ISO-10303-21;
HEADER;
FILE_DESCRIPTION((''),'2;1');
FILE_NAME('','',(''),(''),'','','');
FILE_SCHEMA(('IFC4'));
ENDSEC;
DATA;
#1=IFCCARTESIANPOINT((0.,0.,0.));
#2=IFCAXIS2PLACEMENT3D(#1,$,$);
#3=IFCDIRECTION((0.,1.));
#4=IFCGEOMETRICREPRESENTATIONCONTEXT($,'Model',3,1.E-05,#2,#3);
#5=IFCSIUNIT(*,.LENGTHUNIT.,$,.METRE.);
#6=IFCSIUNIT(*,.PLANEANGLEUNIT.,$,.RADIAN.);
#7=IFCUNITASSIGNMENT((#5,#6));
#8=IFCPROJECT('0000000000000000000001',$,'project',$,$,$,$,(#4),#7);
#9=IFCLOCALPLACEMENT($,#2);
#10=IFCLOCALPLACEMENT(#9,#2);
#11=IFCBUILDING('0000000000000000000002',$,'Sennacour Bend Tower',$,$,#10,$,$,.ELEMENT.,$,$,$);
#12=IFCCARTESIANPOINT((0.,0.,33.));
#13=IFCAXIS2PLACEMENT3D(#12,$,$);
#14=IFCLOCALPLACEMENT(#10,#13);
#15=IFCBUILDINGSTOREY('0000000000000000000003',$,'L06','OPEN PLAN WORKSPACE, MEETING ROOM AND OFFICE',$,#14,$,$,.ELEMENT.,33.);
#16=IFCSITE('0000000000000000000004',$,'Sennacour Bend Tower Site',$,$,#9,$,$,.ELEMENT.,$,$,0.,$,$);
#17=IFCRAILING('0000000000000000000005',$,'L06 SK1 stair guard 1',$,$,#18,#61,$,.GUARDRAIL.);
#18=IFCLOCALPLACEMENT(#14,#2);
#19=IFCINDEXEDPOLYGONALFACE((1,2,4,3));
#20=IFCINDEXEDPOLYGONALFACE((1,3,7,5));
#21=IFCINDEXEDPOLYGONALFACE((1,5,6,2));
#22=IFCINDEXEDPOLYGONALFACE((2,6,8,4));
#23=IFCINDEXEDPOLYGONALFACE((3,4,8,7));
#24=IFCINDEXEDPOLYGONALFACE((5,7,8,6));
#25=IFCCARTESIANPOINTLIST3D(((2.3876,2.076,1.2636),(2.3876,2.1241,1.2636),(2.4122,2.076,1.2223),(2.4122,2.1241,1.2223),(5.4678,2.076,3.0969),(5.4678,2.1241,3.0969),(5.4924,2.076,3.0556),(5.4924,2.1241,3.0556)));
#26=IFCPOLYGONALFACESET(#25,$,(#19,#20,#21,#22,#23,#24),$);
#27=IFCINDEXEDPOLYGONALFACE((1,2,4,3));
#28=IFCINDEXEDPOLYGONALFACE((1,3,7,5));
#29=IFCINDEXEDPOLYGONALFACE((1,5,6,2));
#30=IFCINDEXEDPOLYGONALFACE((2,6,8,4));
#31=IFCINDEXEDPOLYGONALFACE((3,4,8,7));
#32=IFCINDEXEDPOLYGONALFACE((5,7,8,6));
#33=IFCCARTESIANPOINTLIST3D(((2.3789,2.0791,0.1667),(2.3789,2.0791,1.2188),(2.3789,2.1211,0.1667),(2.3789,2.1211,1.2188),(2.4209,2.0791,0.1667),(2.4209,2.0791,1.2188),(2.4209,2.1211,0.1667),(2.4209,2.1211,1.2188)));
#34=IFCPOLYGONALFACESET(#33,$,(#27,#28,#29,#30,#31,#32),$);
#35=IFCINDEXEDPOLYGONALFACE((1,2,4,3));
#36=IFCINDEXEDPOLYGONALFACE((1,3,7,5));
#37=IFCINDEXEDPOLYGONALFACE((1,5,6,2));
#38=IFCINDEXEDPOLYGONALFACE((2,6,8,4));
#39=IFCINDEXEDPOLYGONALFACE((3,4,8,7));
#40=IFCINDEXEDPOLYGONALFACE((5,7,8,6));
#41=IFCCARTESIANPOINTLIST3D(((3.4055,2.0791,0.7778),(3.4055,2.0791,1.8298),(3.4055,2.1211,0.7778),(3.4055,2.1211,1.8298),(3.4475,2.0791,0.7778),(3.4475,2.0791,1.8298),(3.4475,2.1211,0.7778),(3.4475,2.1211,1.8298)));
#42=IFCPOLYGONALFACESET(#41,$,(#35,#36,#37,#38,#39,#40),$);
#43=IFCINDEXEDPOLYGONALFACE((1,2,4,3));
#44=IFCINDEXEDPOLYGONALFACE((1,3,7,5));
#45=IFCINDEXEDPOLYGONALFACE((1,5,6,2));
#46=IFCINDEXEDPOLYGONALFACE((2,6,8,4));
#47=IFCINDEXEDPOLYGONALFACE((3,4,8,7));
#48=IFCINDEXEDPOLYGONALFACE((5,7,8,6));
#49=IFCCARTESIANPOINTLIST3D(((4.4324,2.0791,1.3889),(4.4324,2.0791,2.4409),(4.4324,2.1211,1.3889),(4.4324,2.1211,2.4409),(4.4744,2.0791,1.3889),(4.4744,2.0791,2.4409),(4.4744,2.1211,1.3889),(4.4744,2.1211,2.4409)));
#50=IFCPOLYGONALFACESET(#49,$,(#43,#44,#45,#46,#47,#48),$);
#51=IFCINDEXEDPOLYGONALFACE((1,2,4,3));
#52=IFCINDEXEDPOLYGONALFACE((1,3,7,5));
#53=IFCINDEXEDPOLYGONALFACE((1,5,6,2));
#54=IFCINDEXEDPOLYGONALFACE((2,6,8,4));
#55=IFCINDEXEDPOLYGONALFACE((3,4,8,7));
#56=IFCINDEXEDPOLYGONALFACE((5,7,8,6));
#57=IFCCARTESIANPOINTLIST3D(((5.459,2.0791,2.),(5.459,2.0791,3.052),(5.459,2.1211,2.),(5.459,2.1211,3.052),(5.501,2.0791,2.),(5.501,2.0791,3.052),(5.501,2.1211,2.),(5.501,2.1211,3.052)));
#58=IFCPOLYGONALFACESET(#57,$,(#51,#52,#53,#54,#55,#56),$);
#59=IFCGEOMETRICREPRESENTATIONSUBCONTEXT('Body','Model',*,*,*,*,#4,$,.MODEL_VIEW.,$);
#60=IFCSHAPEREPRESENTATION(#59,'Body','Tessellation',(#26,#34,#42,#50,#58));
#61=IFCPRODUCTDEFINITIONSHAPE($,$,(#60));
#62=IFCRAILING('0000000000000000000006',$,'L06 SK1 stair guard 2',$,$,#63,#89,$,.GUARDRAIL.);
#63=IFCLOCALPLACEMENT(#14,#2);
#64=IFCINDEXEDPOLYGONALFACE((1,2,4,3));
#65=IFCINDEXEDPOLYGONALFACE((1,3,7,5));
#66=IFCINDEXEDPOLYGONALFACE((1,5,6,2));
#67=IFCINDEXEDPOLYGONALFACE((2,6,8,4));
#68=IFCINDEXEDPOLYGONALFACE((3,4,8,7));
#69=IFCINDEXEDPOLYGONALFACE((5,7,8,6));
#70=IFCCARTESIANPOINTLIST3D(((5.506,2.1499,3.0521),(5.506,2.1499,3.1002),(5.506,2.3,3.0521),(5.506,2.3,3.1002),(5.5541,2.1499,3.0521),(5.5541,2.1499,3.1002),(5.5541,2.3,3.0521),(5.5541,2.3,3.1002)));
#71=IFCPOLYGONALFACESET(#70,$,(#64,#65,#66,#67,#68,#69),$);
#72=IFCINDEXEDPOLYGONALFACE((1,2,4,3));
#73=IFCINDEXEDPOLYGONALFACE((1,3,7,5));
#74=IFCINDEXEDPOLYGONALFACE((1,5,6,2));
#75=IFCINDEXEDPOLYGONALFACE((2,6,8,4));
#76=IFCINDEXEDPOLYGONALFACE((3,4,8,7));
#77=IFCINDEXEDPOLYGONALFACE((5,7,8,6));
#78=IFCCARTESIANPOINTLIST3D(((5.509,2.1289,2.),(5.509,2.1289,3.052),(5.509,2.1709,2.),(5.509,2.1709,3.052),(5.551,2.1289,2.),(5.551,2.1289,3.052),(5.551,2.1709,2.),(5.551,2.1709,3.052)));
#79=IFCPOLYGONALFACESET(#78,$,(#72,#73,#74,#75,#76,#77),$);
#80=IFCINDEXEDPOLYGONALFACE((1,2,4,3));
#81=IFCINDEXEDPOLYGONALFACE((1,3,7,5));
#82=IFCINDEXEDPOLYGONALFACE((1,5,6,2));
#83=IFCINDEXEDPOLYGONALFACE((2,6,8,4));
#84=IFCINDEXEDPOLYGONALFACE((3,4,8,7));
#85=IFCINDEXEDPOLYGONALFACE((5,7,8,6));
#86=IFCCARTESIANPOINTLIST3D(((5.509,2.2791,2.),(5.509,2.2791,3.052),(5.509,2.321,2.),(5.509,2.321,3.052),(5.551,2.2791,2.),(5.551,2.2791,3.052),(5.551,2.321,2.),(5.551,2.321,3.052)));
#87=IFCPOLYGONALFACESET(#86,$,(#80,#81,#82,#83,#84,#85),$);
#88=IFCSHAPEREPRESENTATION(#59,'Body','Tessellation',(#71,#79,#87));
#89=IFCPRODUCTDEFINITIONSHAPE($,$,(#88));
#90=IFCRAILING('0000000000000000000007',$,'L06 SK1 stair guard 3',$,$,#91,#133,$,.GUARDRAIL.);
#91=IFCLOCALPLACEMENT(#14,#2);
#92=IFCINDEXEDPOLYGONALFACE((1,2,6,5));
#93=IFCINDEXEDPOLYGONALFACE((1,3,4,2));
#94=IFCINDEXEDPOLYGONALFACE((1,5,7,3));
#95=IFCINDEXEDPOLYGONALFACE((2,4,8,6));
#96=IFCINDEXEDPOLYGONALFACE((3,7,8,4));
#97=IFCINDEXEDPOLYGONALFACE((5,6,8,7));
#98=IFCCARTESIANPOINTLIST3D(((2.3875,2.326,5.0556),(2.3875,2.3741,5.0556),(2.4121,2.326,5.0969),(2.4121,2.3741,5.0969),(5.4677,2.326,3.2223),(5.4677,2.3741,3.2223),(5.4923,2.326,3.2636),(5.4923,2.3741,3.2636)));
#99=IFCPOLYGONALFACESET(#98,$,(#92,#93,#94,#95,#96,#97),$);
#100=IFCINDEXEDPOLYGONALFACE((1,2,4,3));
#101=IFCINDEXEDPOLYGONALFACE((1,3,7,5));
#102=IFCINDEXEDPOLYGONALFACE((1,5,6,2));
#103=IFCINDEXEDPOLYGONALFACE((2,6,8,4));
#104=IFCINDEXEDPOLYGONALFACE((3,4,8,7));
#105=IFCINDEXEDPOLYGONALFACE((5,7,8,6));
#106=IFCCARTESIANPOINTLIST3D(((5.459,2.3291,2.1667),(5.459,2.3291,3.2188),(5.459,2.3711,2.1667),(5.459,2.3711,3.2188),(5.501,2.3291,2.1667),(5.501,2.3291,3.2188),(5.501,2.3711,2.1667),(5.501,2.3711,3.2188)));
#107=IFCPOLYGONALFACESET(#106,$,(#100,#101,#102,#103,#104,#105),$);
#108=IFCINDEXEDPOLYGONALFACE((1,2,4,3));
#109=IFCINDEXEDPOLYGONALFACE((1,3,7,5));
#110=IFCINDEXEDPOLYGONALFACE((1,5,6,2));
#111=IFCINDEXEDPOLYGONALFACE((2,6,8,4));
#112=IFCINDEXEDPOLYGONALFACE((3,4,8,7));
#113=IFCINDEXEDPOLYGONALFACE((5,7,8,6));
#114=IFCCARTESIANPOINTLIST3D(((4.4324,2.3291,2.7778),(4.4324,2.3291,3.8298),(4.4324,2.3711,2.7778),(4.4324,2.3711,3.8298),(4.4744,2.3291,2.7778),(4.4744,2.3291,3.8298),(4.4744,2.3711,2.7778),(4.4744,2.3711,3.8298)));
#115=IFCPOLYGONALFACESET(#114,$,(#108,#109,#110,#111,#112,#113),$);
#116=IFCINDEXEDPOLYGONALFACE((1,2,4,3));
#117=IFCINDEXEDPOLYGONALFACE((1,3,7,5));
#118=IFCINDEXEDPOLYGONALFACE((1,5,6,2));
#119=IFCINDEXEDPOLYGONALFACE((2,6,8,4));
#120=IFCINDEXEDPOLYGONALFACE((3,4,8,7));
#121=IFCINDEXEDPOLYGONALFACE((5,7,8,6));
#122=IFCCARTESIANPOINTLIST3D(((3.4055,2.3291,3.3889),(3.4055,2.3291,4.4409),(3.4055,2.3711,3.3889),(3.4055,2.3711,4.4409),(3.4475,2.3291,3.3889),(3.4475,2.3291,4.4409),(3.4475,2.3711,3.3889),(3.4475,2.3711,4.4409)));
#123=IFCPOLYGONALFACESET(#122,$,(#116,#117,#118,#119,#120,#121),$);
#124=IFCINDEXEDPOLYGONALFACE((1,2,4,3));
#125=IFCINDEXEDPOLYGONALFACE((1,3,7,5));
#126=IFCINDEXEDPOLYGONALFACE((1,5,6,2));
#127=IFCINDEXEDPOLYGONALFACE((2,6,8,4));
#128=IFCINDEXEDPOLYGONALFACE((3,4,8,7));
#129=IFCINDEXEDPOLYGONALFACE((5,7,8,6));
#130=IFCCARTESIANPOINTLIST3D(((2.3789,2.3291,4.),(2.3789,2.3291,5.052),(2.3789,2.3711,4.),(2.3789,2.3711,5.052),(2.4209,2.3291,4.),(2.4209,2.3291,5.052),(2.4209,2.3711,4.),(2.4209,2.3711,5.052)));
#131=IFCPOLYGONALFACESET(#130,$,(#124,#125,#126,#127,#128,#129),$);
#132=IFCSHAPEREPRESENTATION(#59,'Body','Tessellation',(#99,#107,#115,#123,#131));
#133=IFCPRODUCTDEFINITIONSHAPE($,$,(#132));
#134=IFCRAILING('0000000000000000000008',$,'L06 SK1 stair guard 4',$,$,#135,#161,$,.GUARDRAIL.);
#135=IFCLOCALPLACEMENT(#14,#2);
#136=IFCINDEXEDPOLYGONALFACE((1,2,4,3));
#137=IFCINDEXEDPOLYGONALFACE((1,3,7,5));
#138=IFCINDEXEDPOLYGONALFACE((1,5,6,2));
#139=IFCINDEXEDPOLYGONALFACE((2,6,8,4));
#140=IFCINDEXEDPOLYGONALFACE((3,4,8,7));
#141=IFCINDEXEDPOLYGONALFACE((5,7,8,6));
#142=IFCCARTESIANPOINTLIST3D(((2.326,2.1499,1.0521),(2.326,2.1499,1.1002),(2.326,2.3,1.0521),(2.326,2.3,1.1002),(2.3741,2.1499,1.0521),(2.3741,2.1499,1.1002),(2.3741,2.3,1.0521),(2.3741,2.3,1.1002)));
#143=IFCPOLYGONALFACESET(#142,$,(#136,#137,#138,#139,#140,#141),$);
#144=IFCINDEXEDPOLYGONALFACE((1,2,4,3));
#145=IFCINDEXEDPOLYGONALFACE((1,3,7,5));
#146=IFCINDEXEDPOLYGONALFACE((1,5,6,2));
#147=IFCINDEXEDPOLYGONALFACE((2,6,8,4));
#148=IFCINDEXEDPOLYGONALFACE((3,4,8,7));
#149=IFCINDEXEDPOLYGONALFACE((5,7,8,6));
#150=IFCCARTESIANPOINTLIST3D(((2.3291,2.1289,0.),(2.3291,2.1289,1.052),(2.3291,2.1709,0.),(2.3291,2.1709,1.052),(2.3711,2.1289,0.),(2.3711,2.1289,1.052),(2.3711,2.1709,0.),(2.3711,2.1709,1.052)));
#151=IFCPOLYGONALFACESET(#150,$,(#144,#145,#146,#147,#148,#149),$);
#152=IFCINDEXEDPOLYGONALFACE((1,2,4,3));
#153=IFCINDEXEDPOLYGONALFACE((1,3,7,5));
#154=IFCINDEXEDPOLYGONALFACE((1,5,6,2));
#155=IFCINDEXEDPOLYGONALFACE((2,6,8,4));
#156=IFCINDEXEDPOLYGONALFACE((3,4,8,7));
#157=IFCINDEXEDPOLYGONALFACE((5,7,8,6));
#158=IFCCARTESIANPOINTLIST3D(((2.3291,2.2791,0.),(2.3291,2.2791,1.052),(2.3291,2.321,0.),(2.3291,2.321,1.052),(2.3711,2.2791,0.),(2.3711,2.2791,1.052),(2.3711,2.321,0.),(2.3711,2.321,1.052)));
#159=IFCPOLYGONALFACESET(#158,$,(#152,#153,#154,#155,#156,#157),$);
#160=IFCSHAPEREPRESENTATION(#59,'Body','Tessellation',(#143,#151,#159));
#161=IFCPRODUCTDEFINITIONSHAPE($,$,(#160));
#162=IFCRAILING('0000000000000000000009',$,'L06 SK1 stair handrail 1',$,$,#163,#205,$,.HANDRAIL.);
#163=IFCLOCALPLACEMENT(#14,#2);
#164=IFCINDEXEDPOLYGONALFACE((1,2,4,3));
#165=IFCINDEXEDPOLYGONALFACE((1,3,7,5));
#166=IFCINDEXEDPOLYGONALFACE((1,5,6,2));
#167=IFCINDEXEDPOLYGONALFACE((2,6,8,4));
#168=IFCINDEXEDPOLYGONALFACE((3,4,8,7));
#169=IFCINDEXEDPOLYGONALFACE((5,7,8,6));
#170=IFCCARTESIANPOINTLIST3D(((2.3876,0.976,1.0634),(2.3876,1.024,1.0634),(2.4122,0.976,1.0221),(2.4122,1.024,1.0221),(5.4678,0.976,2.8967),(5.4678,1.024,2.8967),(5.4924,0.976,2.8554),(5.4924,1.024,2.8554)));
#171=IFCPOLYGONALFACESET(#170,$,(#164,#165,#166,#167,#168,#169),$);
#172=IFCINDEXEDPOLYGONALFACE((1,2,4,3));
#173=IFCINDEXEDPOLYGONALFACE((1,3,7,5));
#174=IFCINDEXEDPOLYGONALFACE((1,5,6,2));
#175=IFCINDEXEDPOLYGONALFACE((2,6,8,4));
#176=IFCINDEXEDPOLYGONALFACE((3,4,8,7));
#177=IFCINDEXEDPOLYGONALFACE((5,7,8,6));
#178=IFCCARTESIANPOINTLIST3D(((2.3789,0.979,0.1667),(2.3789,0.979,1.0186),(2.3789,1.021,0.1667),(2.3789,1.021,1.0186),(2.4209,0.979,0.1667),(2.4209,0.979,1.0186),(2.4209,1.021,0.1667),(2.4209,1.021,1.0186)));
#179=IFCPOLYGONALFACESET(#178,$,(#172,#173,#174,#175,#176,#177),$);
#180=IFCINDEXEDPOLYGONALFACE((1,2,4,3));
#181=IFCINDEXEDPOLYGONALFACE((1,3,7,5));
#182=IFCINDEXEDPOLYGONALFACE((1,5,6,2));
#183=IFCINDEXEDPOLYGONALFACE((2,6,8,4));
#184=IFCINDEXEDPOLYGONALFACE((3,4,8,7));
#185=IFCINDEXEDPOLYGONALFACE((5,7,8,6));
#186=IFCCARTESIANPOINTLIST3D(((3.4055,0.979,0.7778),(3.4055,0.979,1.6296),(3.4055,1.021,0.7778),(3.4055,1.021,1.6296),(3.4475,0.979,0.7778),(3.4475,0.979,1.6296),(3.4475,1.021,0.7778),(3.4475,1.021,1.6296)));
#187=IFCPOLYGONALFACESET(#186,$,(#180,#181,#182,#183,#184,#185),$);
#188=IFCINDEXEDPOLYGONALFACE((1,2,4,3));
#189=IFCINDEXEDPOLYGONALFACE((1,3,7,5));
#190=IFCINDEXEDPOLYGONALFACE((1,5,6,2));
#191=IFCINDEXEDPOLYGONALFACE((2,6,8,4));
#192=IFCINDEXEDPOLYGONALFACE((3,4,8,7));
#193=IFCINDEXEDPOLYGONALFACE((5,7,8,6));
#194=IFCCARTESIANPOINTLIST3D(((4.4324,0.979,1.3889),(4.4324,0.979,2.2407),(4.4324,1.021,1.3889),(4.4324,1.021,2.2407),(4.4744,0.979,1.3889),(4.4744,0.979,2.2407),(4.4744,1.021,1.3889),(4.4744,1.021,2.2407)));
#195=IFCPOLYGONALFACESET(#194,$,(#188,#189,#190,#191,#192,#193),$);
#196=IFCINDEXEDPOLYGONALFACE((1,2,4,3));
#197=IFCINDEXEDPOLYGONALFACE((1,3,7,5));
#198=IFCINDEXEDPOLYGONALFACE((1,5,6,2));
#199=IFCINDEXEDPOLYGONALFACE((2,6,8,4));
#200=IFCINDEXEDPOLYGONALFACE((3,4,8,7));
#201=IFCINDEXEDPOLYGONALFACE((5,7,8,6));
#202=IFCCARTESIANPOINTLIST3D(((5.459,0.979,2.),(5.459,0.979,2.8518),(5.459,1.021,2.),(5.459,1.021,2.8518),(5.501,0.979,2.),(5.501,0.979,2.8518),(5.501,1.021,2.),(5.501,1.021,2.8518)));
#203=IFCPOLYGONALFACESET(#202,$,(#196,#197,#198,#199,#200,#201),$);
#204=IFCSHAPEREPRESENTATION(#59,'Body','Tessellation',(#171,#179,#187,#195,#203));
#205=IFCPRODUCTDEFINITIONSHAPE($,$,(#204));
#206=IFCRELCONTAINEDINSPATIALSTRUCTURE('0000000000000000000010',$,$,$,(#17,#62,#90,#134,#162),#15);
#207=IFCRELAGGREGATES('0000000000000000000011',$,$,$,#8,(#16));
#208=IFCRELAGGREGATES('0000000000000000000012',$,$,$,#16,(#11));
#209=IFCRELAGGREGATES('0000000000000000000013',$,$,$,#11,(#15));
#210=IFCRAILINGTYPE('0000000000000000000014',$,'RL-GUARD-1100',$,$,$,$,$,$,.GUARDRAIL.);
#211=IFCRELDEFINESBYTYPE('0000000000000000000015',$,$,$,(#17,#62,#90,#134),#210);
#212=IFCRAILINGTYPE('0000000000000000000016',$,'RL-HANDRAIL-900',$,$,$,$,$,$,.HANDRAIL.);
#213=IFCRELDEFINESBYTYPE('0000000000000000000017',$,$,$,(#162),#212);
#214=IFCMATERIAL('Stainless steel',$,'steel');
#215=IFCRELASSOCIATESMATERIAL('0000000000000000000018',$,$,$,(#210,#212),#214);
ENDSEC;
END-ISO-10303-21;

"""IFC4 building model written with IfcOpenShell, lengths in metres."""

from ifc_helpers import new_model, si_unit, direction, frame, origin, origin_2d, place, context, subcontext, project, spatial, rectangle, extrude, material, type_object, element, save


model = new_model("IFC4")

# Units and contexts
model_context = context("Model", 3, precision=1e-05, world=origin(), true_north=direction((0.0, 1.0)))
body_context = subcontext(model_context, "Body", "Model", "MODEL_VIEW")
ifc_project = project(units=[si_unit("LENGTHUNIT", "METRE"), si_unit("PLANEANGLEUNIT", "RADIAN")], contexts=[model_context])

# Site, building, storey
site_placement = place(None, origin())
site = spatial("IfcSite", under=ifc_project, at=site_placement, Name="Sennacour Bend Tower Site", CompositionType="ELEMENT", RefElevation=0.0)
building_placement = place(site_placement, origin())
building = spatial("IfcBuilding", under=site, at=building_placement, Name="Sennacour Bend Tower", CompositionType="ELEMENT")
storey_placement = place(building_placement, frame((0.0, 0.0, 33.0)))
storey = spatial("IfcBuildingStorey", under=building, at=storey_placement, Name="L06", Description="OPEN PLAN WORKSPACE, MEETING ROOM AND OFFICE", CompositionType="ELEMENT", Elevation=33.0)

# Railings
ifc_material_1 = material(Name="Stainless steel", Category="steel")
railing_type_1 = type_object("IfcRailingType", Name="RL-GUARD-1100", PredefinedType="GUARDRAIL", material=ifc_material_1)
railing_1_placement = place(storey_placement, frame((2.3999, 2.1001, 0.1667)))
element("IfcRailing", 1, at=railing_1_placement, inside=storey, type_object=railing_type_1, Name="L06 SK1 stair guard 1", PredefinedType="GUARDRAIL", context=body_context, shape_type="SweptSolid", body=[
    extrude(rectangle(XDim=0.0481, YDim=0.0481, at=origin_2d()), frame((0.0, 0.0, 1.0762), z_axis=(0.859309, 0.0, 0.511458), x_axis=(0.0, 1.0, 0.0)), (0.0, 0.0, 1.0), 3.5845),
    extrude(rectangle(XDim=0.042, YDim=0.042, at=origin_2d()), origin(), (0.0, 0.0, 1.0), 1.052),
    extrude(rectangle(XDim=0.042, YDim=0.042, at=origin_2d()), frame((1.0266, 0.0, 0.6111)), (0.0, 0.0, 1.0), 1.052),
    extrude(rectangle(XDim=0.042, YDim=0.042, at=origin_2d()), frame((2.0535, 0.0, 1.2222)), (0.0, 0.0, 1.0), 1.052),
    extrude(rectangle(XDim=0.042, YDim=0.042, at=origin_2d()), frame((3.0801, 0.0, 1.8333)), (0.0, 0.0, 1.0), 1.052),
])
railing_2_placement = place(storey_placement, frame((5.53, 2.1499, 2.0)))
element("IfcRailing", 2, at=railing_2_placement, inside=storey, type_object=railing_type_1, Name="L06 SK1 stair guard 2", PredefinedType="GUARDRAIL", context=body_context, shape_type="SweptSolid", body=[
    extrude(rectangle(XDim=0.0481, YDim=0.0481, at=origin_2d()), frame((0.0, 0.0, 1.0762), z_axis=(0.0, 1.0, 0.0), x_axis=(-1.0, 0.0, 0.0)), (0.0, 0.0, 1.0), 0.1501),
    extrude(rectangle(XDim=0.042, YDim=0.042, at=origin_2d()), origin(), (0.0, 0.0, 1.0), 1.052),
    extrude(rectangle(XDim=0.042, YDim=0.042, at=origin_2d()), frame((0.0, 0.1501, 0.0)), (0.0, 0.0, 1.0), 1.052),
])
railing_3_placement = place(storey_placement, frame((5.48, 2.3501, 2.1667)))
element("IfcRailing", 3, at=railing_3_placement, inside=storey, type_object=railing_type_1, Name="L06 SK1 stair guard 3", PredefinedType="GUARDRAIL", context=body_context, shape_type="SweptSolid", body=[
    extrude(rectangle(XDim=0.0481, YDim=0.0481, at=origin_2d()), frame((0.0, 0.0, 1.0762), z_axis=(-0.859309, 0.0, 0.511458), x_axis=(0.0, -1.0, 0.0)), (0.0, 0.0, 1.0), 3.5845),
    extrude(rectangle(XDim=0.042, YDim=0.042, at=origin_2d()), origin(), (0.0, 0.0, 1.0), 1.052),
    extrude(rectangle(XDim=0.042, YDim=0.042, at=origin_2d()), frame((-1.0266, 0.0, 0.6111)), (0.0, 0.0, 1.0), 1.052),
    extrude(rectangle(XDim=0.042, YDim=0.042, at=origin_2d()), frame((-2.0535, 0.0, 1.2222)), (0.0, 0.0, 1.0), 1.052),
    extrude(rectangle(XDim=0.042, YDim=0.042, at=origin_2d()), frame((-3.0801, 0.0, 1.8333)), (0.0, 0.0, 1.0), 1.052),
])
railing_4_placement = place(storey_placement, frame((2.3501, 2.1499, 0.0)))
element("IfcRailing", 4, at=railing_4_placement, inside=storey, type_object=railing_type_1, Name="L06 SK1 stair guard 4", PredefinedType="GUARDRAIL", context=body_context, shape_type="SweptSolid", body=[
    extrude(rectangle(XDim=0.0481, YDim=0.0481, at=origin_2d()), frame((0.0, 0.0, 1.0762), z_axis=(0.0, 1.0, 0.0), x_axis=(-1.0, 0.0, 0.0)), (0.0, 0.0, 1.0), 0.1501),
    extrude(rectangle(XDim=0.042, YDim=0.042, at=origin_2d()), origin(), (0.0, 0.0, 1.0), 1.052),
    extrude(rectangle(XDim=0.042, YDim=0.042, at=origin_2d()), frame((0.0, 0.1501, 0.0)), (0.0, 0.0, 1.0), 1.052),
])
railing_type_2 = type_object("IfcRailingType", Name="RL-HANDRAIL-900", PredefinedType="HANDRAIL", material=ifc_material_1)
railing_5_placement = place(storey_placement, frame((2.3999, 1.0, 0.1667)))
element("IfcRailing", 5, at=railing_5_placement, inside=storey, type_object=railing_type_2, Name="L06 SK1 stair handrail 1", PredefinedType="HANDRAIL", context=body_context, shape_type="SweptSolid", body=[
    extrude(rectangle(XDim=0.0481, YDim=0.0481, at=origin_2d()), frame((0.0, 0.0, 0.876), z_axis=(0.859309, 0.0, 0.511458), x_axis=(0.0, 1.0, 0.0)), (0.0, 0.0, 1.0), 3.5845),
    extrude(rectangle(XDim=0.042, YDim=0.042, at=origin_2d()), origin(), (0.0, 0.0, 1.0), 0.8518),
    extrude(rectangle(XDim=0.042, YDim=0.042, at=origin_2d()), frame((1.0266, 0.0, 0.6111)), (0.0, 0.0, 1.0), 0.8518),
    extrude(rectangle(XDim=0.042, YDim=0.042, at=origin_2d()), frame((2.0535, 0.0, 1.2222)), (0.0, 0.0, 1.0), 0.8518),
    extrude(rectangle(XDim=0.042, YDim=0.042, at=origin_2d()), frame((3.0801, 0.0, 1.8333)), (0.0, 0.0, 1.0), 0.8518),
])

save(model, "model.ifc")
